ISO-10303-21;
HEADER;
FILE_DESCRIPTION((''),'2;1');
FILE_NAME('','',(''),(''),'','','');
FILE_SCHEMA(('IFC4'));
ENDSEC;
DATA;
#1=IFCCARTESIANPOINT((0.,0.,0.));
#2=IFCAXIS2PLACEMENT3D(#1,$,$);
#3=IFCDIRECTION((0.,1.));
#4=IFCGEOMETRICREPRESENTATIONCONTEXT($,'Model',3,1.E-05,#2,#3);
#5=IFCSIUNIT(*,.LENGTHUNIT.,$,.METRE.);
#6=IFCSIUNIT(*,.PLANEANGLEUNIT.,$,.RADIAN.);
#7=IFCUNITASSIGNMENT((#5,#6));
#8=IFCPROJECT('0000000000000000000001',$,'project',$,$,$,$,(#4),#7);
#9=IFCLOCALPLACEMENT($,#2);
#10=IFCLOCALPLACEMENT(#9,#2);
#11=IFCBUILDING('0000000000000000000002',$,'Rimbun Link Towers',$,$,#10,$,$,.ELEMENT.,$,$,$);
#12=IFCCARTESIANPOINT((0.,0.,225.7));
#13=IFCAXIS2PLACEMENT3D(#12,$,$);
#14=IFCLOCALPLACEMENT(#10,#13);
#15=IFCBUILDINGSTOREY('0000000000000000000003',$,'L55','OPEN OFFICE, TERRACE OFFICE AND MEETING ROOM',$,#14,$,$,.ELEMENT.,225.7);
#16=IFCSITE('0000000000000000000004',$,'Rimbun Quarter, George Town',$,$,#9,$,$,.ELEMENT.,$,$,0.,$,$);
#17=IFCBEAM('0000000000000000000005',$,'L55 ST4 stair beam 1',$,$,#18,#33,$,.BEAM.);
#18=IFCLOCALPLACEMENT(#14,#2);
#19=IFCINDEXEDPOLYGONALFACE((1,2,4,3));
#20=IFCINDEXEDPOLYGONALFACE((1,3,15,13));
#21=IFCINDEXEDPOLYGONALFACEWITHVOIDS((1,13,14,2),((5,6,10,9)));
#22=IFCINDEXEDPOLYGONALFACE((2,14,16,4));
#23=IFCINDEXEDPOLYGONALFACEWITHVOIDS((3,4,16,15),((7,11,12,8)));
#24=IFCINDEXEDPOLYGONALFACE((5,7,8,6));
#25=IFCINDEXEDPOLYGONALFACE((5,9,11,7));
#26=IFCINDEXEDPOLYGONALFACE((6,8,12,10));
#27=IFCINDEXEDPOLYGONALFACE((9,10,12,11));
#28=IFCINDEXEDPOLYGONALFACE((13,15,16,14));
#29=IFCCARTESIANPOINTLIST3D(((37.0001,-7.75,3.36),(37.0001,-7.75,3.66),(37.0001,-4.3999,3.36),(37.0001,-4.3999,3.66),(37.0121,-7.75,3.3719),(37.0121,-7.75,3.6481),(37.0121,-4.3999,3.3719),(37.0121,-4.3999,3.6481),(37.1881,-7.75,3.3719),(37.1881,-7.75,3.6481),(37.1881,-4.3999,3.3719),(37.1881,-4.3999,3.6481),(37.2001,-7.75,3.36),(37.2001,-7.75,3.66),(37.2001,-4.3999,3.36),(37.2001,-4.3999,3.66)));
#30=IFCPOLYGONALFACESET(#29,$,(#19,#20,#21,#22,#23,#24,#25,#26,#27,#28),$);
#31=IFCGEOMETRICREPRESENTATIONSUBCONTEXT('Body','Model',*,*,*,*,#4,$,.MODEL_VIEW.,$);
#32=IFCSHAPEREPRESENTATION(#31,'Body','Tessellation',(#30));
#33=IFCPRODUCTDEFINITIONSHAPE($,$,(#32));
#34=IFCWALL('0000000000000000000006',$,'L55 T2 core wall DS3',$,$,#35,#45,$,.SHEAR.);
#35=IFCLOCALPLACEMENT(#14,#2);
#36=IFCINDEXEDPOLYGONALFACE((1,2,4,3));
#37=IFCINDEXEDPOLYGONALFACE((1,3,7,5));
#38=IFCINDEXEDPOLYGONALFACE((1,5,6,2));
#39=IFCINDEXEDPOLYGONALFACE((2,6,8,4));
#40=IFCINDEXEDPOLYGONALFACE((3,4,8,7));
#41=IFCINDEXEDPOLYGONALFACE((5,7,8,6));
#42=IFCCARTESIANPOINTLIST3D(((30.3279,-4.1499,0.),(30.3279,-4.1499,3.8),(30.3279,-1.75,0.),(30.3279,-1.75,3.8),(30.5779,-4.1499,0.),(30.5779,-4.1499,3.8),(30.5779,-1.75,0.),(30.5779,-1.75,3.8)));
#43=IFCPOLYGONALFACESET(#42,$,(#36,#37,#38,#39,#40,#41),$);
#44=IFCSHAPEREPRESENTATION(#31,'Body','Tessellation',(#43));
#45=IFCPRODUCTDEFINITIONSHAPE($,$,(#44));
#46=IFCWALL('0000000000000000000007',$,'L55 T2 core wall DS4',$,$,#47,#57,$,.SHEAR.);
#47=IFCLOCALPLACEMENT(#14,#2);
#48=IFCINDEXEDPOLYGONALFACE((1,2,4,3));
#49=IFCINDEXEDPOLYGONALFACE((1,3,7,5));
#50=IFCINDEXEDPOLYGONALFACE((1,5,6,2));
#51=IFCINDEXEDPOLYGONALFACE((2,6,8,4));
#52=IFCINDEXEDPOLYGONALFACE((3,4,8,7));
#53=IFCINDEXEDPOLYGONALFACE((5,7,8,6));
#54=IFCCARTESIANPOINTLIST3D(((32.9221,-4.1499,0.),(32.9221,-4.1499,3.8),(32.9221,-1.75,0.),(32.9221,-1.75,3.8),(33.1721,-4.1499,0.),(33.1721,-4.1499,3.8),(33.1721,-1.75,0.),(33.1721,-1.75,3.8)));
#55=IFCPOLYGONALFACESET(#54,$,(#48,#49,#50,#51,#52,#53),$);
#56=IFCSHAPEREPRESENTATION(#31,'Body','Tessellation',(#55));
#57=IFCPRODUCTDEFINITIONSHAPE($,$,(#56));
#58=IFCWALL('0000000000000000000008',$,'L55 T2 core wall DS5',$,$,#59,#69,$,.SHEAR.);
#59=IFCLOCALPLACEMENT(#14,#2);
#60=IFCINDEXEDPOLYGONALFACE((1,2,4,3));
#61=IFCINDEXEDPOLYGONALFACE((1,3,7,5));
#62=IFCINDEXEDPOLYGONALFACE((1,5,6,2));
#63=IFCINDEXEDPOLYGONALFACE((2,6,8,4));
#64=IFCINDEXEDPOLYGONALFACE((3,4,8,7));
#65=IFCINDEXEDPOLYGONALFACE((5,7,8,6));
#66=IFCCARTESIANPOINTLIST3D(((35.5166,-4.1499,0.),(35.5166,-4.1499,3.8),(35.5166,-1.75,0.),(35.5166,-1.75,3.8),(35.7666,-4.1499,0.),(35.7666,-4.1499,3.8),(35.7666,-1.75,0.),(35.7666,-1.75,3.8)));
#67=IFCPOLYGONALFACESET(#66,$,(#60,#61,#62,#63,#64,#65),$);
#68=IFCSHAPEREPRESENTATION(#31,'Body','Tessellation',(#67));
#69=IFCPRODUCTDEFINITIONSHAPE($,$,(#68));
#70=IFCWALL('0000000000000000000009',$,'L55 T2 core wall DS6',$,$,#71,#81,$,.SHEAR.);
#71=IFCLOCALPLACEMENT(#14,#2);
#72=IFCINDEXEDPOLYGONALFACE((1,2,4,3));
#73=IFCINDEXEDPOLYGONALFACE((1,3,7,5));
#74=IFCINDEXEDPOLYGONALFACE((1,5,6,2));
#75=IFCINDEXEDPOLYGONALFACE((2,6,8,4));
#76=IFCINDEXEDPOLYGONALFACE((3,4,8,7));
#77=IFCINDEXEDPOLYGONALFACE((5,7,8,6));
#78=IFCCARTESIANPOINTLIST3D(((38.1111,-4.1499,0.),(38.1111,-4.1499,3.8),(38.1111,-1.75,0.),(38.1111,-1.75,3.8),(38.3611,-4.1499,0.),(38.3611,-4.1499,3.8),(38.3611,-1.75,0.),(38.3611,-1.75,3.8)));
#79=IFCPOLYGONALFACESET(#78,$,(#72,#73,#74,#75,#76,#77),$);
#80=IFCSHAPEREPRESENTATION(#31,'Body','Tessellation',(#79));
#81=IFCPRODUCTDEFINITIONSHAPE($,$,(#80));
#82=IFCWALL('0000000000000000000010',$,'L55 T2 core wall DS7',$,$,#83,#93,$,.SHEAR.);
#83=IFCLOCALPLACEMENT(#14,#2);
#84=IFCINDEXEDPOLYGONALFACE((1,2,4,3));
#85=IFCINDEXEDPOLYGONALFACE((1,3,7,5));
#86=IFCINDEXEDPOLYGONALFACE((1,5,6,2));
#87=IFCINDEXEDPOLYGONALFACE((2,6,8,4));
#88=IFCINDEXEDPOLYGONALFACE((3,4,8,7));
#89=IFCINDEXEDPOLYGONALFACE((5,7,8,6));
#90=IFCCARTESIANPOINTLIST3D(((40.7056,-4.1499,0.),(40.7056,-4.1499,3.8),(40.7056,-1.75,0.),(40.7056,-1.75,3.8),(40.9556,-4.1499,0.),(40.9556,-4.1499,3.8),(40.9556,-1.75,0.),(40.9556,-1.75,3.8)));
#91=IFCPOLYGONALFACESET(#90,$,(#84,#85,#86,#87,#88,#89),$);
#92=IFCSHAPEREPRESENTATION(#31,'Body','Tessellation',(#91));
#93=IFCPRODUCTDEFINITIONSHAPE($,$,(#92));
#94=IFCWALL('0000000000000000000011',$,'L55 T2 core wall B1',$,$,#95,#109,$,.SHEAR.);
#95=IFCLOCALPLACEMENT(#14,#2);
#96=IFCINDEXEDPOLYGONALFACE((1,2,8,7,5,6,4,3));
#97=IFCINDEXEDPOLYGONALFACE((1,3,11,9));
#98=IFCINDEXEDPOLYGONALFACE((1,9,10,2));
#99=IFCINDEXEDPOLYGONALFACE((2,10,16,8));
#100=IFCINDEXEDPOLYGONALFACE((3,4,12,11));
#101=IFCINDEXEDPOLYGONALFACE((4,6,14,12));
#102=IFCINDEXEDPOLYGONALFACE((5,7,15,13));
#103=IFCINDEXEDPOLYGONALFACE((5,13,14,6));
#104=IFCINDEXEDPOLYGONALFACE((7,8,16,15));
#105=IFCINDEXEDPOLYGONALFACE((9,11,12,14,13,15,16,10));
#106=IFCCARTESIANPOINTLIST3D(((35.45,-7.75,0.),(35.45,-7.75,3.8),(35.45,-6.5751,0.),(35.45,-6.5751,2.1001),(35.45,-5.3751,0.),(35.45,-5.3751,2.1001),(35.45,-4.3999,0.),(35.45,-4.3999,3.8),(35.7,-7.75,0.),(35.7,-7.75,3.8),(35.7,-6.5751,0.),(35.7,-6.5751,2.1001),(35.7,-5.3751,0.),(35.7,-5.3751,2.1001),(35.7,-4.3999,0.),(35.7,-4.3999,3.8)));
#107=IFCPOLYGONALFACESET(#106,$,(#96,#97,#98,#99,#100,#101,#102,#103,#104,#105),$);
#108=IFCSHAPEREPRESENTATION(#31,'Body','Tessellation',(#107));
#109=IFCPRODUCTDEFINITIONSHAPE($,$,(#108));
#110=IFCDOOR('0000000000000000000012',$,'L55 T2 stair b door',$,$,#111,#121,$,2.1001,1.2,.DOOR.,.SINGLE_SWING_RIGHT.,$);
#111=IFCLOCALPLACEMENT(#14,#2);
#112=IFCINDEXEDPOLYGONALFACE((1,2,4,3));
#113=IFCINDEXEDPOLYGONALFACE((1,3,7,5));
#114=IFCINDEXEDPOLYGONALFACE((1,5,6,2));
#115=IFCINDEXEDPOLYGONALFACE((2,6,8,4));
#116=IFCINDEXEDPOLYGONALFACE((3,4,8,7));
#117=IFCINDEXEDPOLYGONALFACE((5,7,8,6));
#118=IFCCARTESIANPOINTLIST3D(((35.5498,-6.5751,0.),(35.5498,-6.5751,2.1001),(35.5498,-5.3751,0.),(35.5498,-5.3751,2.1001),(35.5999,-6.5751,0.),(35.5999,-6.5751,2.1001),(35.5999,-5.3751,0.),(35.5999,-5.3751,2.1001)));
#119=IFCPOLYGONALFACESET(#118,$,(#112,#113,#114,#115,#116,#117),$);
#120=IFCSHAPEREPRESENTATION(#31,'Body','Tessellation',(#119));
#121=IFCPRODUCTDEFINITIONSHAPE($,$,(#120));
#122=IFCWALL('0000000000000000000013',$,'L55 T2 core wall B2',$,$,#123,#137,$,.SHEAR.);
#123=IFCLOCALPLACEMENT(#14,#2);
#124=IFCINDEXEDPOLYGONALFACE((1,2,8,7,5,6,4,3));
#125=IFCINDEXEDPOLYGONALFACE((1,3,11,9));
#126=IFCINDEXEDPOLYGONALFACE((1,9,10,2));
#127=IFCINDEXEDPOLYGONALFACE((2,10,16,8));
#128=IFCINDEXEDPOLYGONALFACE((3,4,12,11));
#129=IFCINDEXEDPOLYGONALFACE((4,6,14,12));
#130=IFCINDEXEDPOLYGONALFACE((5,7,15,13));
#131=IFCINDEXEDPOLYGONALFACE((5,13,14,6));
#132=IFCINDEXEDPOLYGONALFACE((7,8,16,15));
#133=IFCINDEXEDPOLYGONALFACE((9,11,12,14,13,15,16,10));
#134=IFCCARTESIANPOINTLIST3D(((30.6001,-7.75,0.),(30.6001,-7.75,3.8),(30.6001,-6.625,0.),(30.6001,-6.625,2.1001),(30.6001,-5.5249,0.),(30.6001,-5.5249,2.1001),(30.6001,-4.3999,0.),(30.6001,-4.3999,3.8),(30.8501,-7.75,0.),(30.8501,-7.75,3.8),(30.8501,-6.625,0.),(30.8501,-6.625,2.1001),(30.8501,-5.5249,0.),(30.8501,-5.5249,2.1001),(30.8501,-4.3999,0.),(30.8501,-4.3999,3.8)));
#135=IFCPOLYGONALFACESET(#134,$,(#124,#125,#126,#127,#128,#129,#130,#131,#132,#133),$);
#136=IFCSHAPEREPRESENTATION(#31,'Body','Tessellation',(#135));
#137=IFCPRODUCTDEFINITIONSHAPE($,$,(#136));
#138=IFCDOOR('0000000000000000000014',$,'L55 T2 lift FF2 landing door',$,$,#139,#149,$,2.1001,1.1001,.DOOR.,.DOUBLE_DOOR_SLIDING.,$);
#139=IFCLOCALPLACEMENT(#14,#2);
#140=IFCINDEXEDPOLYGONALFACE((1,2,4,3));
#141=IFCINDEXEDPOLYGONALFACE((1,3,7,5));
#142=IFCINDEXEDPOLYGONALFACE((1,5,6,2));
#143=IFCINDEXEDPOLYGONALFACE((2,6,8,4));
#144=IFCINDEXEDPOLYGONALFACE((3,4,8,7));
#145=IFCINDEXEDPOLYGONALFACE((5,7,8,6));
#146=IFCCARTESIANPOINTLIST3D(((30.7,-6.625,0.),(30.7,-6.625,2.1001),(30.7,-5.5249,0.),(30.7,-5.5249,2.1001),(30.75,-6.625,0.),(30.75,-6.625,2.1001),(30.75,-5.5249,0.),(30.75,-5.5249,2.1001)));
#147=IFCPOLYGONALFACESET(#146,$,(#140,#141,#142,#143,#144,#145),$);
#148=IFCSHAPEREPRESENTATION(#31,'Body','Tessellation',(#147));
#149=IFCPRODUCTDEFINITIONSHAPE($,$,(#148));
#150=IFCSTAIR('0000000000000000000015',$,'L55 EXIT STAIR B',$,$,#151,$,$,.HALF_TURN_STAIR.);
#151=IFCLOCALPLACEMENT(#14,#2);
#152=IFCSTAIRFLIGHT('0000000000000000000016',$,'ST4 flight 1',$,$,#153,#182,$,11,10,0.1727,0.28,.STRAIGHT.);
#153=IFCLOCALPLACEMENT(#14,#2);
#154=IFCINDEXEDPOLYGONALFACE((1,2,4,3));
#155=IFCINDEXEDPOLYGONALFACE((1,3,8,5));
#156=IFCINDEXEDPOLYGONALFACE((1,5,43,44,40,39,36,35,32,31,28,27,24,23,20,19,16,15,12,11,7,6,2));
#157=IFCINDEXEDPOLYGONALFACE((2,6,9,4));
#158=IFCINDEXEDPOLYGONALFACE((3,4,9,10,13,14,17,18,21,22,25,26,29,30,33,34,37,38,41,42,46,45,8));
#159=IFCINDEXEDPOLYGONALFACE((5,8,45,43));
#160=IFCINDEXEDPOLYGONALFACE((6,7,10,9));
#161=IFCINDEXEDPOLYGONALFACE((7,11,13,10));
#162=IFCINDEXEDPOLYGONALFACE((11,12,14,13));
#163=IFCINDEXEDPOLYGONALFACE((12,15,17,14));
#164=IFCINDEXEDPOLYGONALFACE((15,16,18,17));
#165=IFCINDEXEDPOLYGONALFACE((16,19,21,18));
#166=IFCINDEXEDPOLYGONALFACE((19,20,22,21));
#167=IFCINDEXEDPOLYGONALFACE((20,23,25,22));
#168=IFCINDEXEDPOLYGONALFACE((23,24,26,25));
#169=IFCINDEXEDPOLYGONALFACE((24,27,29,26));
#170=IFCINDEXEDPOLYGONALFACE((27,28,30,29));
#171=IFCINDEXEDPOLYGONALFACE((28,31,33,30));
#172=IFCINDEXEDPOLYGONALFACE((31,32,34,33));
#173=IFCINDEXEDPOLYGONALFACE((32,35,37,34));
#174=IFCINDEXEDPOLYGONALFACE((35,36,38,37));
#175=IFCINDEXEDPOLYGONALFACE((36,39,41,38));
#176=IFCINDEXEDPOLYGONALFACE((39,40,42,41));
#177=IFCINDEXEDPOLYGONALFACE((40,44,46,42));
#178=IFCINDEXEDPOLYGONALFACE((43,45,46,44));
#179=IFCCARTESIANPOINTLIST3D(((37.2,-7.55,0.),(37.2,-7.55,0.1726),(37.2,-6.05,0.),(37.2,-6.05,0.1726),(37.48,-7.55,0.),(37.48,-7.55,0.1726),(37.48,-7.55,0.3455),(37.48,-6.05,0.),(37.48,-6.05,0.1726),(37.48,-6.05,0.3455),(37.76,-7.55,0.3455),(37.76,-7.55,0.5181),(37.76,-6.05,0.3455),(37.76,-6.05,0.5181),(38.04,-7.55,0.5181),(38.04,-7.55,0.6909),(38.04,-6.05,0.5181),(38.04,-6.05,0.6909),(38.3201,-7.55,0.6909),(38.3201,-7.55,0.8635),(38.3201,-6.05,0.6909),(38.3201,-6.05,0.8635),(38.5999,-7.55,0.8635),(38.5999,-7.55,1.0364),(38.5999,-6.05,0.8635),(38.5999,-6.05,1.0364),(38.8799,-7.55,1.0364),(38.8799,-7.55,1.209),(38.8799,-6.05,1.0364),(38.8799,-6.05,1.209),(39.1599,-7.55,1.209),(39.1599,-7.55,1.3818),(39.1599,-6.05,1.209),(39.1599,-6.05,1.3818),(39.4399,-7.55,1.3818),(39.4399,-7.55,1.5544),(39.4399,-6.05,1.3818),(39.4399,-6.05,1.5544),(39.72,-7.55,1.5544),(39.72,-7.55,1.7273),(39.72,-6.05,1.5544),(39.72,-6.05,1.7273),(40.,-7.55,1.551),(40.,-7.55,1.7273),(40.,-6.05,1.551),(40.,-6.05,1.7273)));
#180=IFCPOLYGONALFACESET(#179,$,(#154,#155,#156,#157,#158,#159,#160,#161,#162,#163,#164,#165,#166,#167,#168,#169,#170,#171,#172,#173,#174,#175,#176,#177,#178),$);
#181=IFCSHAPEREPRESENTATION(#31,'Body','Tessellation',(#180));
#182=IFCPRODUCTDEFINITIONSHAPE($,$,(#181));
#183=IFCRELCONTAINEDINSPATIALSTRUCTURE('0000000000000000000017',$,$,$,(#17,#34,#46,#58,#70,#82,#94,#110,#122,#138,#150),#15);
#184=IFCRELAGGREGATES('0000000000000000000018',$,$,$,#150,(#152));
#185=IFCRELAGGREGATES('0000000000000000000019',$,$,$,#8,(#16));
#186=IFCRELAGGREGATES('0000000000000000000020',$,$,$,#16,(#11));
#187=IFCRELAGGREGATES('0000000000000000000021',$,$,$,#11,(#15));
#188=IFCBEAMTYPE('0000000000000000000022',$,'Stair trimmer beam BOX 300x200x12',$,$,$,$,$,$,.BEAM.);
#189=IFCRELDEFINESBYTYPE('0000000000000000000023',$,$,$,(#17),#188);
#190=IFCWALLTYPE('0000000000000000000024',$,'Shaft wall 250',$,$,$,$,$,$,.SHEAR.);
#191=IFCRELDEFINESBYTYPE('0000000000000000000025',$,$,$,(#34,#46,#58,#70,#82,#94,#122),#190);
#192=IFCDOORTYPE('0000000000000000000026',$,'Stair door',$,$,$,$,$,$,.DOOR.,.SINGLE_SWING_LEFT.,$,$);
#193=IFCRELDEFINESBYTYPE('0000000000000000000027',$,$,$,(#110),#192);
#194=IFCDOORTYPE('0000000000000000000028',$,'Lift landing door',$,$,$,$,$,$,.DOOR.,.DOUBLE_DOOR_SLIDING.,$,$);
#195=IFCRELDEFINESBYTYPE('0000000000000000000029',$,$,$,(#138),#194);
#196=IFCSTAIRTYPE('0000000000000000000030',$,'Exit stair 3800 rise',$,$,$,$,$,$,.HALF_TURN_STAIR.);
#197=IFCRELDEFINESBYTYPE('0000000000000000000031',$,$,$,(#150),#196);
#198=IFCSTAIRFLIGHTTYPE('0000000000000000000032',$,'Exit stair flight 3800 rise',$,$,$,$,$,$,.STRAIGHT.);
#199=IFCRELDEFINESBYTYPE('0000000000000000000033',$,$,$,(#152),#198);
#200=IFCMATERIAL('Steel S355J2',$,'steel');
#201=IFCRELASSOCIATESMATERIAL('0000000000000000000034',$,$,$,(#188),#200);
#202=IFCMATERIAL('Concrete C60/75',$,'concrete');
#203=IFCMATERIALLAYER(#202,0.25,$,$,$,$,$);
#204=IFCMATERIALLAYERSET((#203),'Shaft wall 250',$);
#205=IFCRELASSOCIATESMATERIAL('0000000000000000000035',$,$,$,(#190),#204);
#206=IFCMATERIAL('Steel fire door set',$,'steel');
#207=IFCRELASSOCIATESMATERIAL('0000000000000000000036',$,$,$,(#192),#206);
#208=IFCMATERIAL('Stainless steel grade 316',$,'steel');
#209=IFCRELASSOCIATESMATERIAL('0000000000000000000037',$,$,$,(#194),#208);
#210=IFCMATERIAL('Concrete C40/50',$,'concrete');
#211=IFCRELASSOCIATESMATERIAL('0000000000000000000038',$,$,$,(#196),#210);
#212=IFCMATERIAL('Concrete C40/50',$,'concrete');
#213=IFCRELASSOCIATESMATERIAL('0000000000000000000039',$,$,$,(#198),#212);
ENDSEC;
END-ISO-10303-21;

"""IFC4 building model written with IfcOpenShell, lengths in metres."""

from ifc_helpers import new_model, si_unit, direction, frame, frame_2d, origin, origin_2d, place, context, subcontext, project, spatial, polyline, rectangle, hollow_rectangle, outline, extrude, material, layer, layer_set, material_profile, profile_set, type_object, element, fill, aggregate, save


model = new_model("IFC4")

# Units and contexts
model_context = context("Model", 3, precision=1e-05, world=origin(), true_north=direction((0.0, 1.0)))
body_context = subcontext(model_context, "Body", "Model", "MODEL_VIEW")
ifc_project = project(units=[si_unit("LENGTHUNIT", "METRE"), si_unit("PLANEANGLEUNIT", "RADIAN")], contexts=[model_context])

# Site, building, storey
site_placement = place(None, origin())
site = spatial("IfcSite", under=ifc_project, at=site_placement, Name="Rimbun Quarter, George Town", CompositionType="ELEMENT", RefElevation=0.0)
building_placement = place(site_placement, origin())
building = spatial("IfcBuilding", under=site, at=building_placement, Name="Rimbun Link Towers", CompositionType="ELEMENT")
storey_placement = place(building_placement, frame((0.0, 0.0, 225.7)))
storey = spatial("IfcBuildingStorey", under=building, at=storey_placement, Name="L55", Description="OPEN OFFICE, TERRACE OFFICE AND MEETING ROOM", CompositionType="ELEMENT", Elevation=225.7)

# Beam
ifc_material_1 = material(Name="Steel S355J2", Category="steel")
ifc_material_profile = material_profile(ifc_material_1, hollow_rectangle(XDim=0.2, YDim=0.3, WallThickness=0.012, at=origin_2d()), Name="BOX 300x200x12")
ifc_profile_set = profile_set([ifc_material_profile], Name="Steel S355J2")
beam_type = type_object("IfcBeamType", Name="Stair trimmer beam BOX 300x200x12", PredefinedType="BEAM", material=ifc_profile_set)
beam_placement = place(storey_placement, frame((37.1001, -7.75, 3.51), z_axis=(0.0, 1.0, 0.0), x_axis=(-1.0, 0.0, 0.0)))
element("IfcBeam", 1, at=beam_placement, inside=storey, type_object=beam_type, Name="L55 ST4 stair beam 1", PredefinedType="BEAM", context=body_context, shape_type="SweptSolid", body=[
    extrude(hollow_rectangle(XDim=0.2, YDim=0.3, WallThickness=0.012, at=origin_2d()), origin(), (0.0, 0.0, 1.0), 3.3501),
])

# Walls
ifc_material_2 = material(Name="Concrete C60/75", Category="concrete")
ifc_layer = layer(ifc_material_2, 0.25)
ifc_layer_set = layer_set([ifc_layer], Name="Shaft wall 250")
wall_type = type_object("IfcWallType", Name="Shaft wall 250", PredefinedType="SHEAR", material=ifc_layer_set)
for number, where, z_axis, x_axis, name in (
    (2, (30.4529, -4.1499, 0.0), (0.0, 0.0, 1.0), (0.0, 1.0, 0.0), "L55 T2 core wall DS3"),
    (3, (33.0471, -4.1499, 0.0), (0.0, 0.0, 1.0), (0.0, 1.0, 0.0), "L55 T2 core wall DS4"),
    (4, (35.6416, -4.1499, 0.0), (0.0, 0.0, 1.0), (0.0, 1.0, 0.0), "L55 T2 core wall DS5"),
    (5, (38.2361, -4.1499, 0.0), (0.0, 0.0, 1.0), (0.0, 1.0, 0.0), "L55 T2 core wall DS6"),
    (6, (40.8306, -4.1499, 0.0), (0.0, 0.0, 1.0), (0.0, 1.0, 0.0), "L55 T2 core wall DS7"),
):
    element("IfcWall", number, at=place(storey_placement, frame(where, z_axis=z_axis, x_axis=x_axis)), inside=storey, type_object=wall_type, Name=name, PredefinedType="SHEAR", context=body_context, shape_type="SweptSolid", body=[
        extrude(rectangle(XDim=2.3999, YDim=0.25, at=frame_2d((1.2, 0.0))), origin(), (0.0, 0.0, 1.0), 3.8),
    ])

# Walls, openings, doors
wall_1_placement = place(storey_placement, frame((35.575, -4.3999, 0.0), z_axis=(0.0, 0.0, 1.0), x_axis=(0.0, -1.0, 0.0)))
wall_1 = element("IfcWall", 7, at=wall_1_placement, inside=storey, type_object=wall_type, Name="L55 T2 core wall B1", PredefinedType="SHEAR", context=body_context, shape_type="SweptSolid", body=[
    extrude(rectangle(XDim=3.3501, YDim=0.25, at=frame_2d((1.675, 0.0))), origin(), (0.0, 0.0, 1.0), 3.8),
])
opening_1_placement = place(wall_1_placement, frame((0.9751, 0.0, 0.0)))
opening_1 = element("IfcOpeningElement", 8, at=opening_1_placement, cuts=wall_1, PredefinedType="OPENING", context=body_context, shape_type="SweptSolid", body=[
    extrude(rectangle(XDim=1.2, YDim=2.1001, at=frame_2d((0.6001, 1.05))), frame((0.0, 0.135, 0.0), z_axis=(0.0, -1.0, 0.0), x_axis=(1.0, 0.0, 0.0)), (0.0, 0.0, 1.0), 0.27),
])
ifc_material_3 = material(Name="Steel fire door set", Category="steel")
door_type_1 = type_object("IfcDoorType", Name="Stair door", OperationType="SINGLE_SWING_LEFT", PredefinedType="DOOR", material=ifc_material_3)
door_1_placement = place(opening_1_placement, origin())
door_1 = element("IfcDoor", 9, at=door_1_placement, inside=storey, type_object=door_type_1, Name="L55 T2 stair b door", OperationType="SINGLE_SWING_RIGHT", OverallHeight=2.1001, OverallWidth=1.2, PredefinedType="DOOR", context=body_context, shape_type="SweptSolid", body=[
    extrude(rectangle(XDim=1.2, YDim=2.1001, at=frame_2d((0.6001, 1.05))), frame((0.0, 0.0249, 0.0), z_axis=(0.0, -1.0, 0.0), x_axis=(1.0, 0.0, 0.0)), (0.0, 0.0, 1.0), 0.05),
])
fill(opening_1, door_1)
wall_2_placement = place(storey_placement, frame((30.7251, -4.3999, 0.0), z_axis=(0.0, 0.0, 1.0), x_axis=(0.0, -1.0, 0.0)))
wall_2 = element("IfcWall", 10, at=wall_2_placement, inside=storey, type_object=wall_type, Name="L55 T2 core wall B2", PredefinedType="SHEAR", context=body_context, shape_type="SweptSolid", body=[
    extrude(rectangle(XDim=3.3501, YDim=0.25, at=frame_2d((1.675, 0.0))), origin(), (0.0, 0.0, 1.0), 3.8),
])
opening_2_placement = place(wall_2_placement, frame((1.125, 0.0, 0.0)))
opening_2 = element("IfcOpeningElement", 11, at=opening_2_placement, cuts=wall_2, PredefinedType="OPENING", context=body_context, shape_type="SweptSolid", body=[
    extrude(rectangle(XDim=1.1001, YDim=2.1001, at=frame_2d((0.55, 1.05))), frame((0.0, 0.135, 0.0), z_axis=(0.0, -1.0, 0.0), x_axis=(1.0, 0.0, 0.0)), (0.0, 0.0, 1.0), 0.27),
])
ifc_material_4 = material(Name="Stainless steel grade 316", Category="steel")
door_type_2 = type_object("IfcDoorType", Name="Lift landing door", OperationType="DOUBLE_DOOR_SLIDING", PredefinedType="DOOR", material=ifc_material_4)
door_2_placement = place(opening_2_placement, origin())
door_2 = element("IfcDoor", 12, at=door_2_placement, inside=storey, type_object=door_type_2, Name="L55 T2 lift FF2 landing door", OperationType="DOUBLE_DOOR_SLIDING", OverallHeight=2.1001, OverallWidth=1.1001, PredefinedType="DOOR", context=body_context, shape_type="SweptSolid", body=[
    extrude(rectangle(XDim=1.1001, YDim=2.1001, at=frame_2d((0.55, 1.05))), frame((0.0, 0.0249, 0.0), z_axis=(0.0, -1.0, 0.0), x_axis=(1.0, 0.0, 0.0)), (0.0, 0.0, 1.0), 0.05),
])
fill(opening_2, door_2)

# Stair, stair flight
ifc_material_5 = material(Name="Concrete C40/50", Category="concrete")
stair_type = type_object("IfcStairType", Name="Exit stair 3800 rise", PredefinedType="HALF_TURN_STAIR", material=ifc_material_5)
stair_placement = place(storey_placement, origin())
stair = element("IfcStair", 13, at=stair_placement, inside=storey, type_object=stair_type, Name="L55 EXIT STAIR B", PredefinedType="HALF_TURN_STAIR")
ifc_material_6 = material(Name="Concrete C40/50", Category="concrete")
stair_flight_type = type_object("IfcStairFlightType", Name="Exit stair flight 3800 rise", PredefinedType="STRAIGHT", material=ifc_material_6)
stair_flight_1_placement = place(storey_placement, frame((37.2, -6.8, 0.0), z_axis=(0.0, 0.0, 1.0), x_axis=(1.0, 0.0, 0.0)))
stair_flight_1 = element("IfcStairFlight", 14, at=stair_flight_1_placement, type_object=stair_flight_type, Name="ST4 flight 1", NumberOfRisers=11, NumberOfTreads=10, PredefinedType="STRAIGHT", RiserHeight=0.1727, TreadLength=0.28, context=body_context, shape_type="SweptSolid", body=[
    extrude(outline(polyline([(0.0, 0.0), (0.0, 0.1726), (0.28, 0.1726), (0.28, 0.3455), (0.5601, 0.3455), (0.5601, 0.5181), (0.8401, 0.5181), (0.8401, 0.6909), (1.1201, 0.6909), (1.1201, 0.8635), (1.3999, 0.8635), (1.3999, 1.0364), (1.6799, 1.0364), (1.6799, 1.209), (1.96, 1.209), (1.96, 1.3818), (2.24, 1.3818), (2.24, 1.5544), (2.52, 1.5544), (2.52, 1.7273), (2.8, 1.7273), (2.8, 1.8999), (2.8, 1.551), (0.28, 0.0), (0.0, 0.0)])), frame((0.0, 0.75, 0.0), z_axis=(0.0, -1.0, 0.0), x_axis=(1.0, 0.0, 0.0)), (0.0, 0.0, 1.0), 1.5),
])
aggregate(stair, [stair_flight_1])

save(model, "model.ifc")
